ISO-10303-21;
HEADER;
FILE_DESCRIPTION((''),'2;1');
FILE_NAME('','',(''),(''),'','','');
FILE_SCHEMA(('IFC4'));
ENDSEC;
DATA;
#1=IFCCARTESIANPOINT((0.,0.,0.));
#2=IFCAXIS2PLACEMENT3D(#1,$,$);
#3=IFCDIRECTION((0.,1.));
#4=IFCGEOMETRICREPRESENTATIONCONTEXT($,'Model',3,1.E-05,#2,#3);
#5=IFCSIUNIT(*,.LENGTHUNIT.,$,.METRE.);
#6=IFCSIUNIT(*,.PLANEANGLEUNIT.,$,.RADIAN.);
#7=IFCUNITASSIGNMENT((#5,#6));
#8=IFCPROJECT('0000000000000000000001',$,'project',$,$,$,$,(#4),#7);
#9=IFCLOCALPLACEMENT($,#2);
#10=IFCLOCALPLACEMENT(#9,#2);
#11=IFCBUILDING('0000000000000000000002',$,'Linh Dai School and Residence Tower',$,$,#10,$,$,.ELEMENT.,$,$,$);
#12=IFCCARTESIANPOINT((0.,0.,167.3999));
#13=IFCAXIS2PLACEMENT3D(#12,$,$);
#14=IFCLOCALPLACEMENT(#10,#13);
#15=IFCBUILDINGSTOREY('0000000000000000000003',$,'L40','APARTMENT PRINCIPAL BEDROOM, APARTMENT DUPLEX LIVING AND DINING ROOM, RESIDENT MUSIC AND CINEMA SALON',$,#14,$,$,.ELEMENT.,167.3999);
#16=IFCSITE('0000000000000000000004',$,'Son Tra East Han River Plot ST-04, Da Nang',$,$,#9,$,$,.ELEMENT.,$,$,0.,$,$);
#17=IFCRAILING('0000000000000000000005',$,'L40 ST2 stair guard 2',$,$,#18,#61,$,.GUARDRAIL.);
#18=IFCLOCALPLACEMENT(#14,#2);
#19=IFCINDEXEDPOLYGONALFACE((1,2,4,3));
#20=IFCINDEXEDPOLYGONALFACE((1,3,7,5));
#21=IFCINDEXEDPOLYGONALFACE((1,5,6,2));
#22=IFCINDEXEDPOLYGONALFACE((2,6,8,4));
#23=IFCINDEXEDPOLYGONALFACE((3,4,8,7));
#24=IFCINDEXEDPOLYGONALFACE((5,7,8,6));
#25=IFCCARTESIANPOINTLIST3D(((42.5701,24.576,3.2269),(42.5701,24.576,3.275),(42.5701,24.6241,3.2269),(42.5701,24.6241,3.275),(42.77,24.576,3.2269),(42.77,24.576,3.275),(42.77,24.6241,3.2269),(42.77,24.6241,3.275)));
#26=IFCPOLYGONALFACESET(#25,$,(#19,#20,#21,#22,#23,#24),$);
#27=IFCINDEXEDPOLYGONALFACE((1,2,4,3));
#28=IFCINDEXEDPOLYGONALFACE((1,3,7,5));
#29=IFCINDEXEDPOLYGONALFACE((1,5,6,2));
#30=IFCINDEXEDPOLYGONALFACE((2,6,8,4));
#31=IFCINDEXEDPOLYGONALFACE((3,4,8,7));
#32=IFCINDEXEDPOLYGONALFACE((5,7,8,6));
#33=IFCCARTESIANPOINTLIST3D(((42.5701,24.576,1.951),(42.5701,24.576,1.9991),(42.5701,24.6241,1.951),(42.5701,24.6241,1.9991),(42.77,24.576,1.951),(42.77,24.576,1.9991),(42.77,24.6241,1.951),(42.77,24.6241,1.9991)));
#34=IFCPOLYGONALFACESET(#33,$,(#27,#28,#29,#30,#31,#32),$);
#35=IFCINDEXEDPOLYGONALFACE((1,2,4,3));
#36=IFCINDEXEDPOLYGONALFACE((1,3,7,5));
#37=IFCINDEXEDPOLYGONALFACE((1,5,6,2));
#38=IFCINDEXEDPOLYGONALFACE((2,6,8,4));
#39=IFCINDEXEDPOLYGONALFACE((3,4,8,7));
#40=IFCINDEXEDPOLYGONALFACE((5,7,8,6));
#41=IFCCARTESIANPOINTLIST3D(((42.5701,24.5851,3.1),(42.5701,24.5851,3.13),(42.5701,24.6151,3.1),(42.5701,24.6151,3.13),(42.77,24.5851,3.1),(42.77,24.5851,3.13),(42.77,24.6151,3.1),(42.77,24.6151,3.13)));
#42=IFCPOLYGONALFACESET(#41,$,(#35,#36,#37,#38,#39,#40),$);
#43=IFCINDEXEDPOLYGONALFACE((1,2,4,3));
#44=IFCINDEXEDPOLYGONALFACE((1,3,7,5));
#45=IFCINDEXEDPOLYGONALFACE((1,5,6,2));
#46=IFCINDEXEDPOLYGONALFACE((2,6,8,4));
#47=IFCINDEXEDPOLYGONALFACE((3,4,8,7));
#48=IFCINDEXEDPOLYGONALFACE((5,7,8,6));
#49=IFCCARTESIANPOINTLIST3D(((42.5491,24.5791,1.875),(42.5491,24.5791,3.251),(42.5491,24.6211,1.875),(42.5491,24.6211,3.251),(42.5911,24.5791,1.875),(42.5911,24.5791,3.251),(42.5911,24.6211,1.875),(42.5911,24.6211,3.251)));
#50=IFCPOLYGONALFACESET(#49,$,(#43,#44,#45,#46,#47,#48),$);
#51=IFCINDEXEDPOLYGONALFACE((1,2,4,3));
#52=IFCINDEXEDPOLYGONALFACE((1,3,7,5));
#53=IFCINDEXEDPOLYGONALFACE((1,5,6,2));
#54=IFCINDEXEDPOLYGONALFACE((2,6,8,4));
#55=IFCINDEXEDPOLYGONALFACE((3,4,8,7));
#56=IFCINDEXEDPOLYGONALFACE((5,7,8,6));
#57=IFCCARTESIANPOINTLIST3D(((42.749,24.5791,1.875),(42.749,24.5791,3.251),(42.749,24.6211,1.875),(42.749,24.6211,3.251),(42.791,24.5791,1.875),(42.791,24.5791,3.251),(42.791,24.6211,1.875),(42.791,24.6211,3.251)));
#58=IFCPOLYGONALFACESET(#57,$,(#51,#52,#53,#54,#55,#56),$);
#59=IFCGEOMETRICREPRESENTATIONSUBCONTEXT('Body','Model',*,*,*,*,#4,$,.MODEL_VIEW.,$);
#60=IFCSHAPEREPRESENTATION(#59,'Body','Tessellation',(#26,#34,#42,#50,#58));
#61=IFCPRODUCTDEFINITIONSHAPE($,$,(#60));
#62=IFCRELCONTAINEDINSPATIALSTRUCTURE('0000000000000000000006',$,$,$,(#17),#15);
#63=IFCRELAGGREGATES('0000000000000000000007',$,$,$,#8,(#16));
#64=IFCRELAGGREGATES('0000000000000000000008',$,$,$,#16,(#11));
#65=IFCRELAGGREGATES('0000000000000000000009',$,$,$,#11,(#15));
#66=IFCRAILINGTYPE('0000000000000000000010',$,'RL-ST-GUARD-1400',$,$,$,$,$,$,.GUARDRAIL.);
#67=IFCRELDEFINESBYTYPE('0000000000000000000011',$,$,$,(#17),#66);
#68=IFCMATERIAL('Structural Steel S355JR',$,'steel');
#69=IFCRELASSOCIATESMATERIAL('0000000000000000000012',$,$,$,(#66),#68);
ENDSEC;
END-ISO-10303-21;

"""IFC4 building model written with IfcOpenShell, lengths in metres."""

from ifc_helpers import new_model, si_unit, direction, frame, origin, origin_2d, place, context, subcontext, project, spatial, rectangle, extrude, source, transform, mapped, material, type_object, element, save


model = new_model("IFC4")

# Units and contexts
model_context = context("Model", 3, precision=1e-05, world=origin(), true_north=direction((0.0, 1.0)))
body_context = subcontext(model_context, "Body", "Model", "MODEL_VIEW")
ifc_project = project(units=[si_unit("LENGTHUNIT", "METRE"), si_unit("PLANEANGLEUNIT", "RADIAN")], contexts=[model_context])

# Site, building, storey
site_placement = place(None, origin())
site = spatial("IfcSite", under=ifc_project, at=site_placement, Name="Son Tra East Han River Plot ST-04, Da Nang", CompositionType="ELEMENT", RefElevation=0.0)
building_placement = place(site_placement, origin())
building = spatial("IfcBuilding", under=site, at=building_placement, Name="Linh Dai School and Residence Tower", CompositionType="ELEMENT")
storey_placement = place(building_placement, frame((0.0, 0.0, 167.3999)))
storey = spatial("IfcBuildingStorey", under=building, at=storey_placement, Name="L40", Description="APARTMENT PRINCIPAL BEDROOM, APARTMENT DUPLEX LIVING AND DINING ROOM, RESIDENT MUSIC AND CINEMA SALON", CompositionType="ELEMENT", Elevation=167.3999)

# Shared definitions
ifc_material_1 = material(Name="Structural Steel S355JR", Category="steel")

# Railing
railing_type_1 = type_object("IfcRailingType", Name="RL-ST-GUARD-1400", PredefinedType="GUARDRAIL", material=ifc_material_1)
shared_shape_1 = source(origin(), body_context, "Body", "SweptSolid", [
    extrude(rectangle(XDim=0.0481, YDim=0.0481, at=origin_2d()), frame((0.0, 0.0, 1.376), z_axis=(1.0, 0.0, 0.0), x_axis=(0.0, 1.0, 0.0)), (0.0, 0.0, 1.0), 0.2),
    extrude(rectangle(XDim=0.0481, YDim=0.0481, at=origin_2d()), frame((0.0, 0.0, 0.1001), z_axis=(1.0, 0.0, 0.0), x_axis=(0.0, 1.0, 0.0)), (0.0, 0.0, 1.0), 0.2),
    extrude(rectangle(XDim=0.03, YDim=0.03, at=origin_2d()), frame((0.0, 0.0, 1.24), z_axis=(1.0, 0.0, 0.0), x_axis=(0.0, 1.0, 0.0)), (0.0, 0.0, 1.0), 0.2),
    extrude(rectangle(XDim=0.042, YDim=0.042, at=origin_2d()), origin(), (0.0, 0.0, 1.0), 1.376),
    extrude(rectangle(XDim=0.042, YDim=0.042, at=origin_2d()), frame((0.2, 0.0, 0.0)), (0.0, 0.0, 1.0), 1.376),
])
railing_1_placement = place(storey_placement, frame((42.5701, 24.6001, 1.875)))
element("IfcRailing", 1, at=railing_1_placement, inside=storey, type_object=railing_type_1, Name="L40 ST2 stair guard 2", PredefinedType="GUARDRAIL", context=body_context, shape_type="MappedRepresentation", body=[
    mapped(shared_shape_1, transform((0.0, 0.0, 0.0), x_axis=(1.0, 0.0, 0.0), y_axis=(0.0, 1.0, 0.0), z_axis=(0.0, 0.0, 1.0), scale=1.0)),
])

save(model, "model.ifc")
